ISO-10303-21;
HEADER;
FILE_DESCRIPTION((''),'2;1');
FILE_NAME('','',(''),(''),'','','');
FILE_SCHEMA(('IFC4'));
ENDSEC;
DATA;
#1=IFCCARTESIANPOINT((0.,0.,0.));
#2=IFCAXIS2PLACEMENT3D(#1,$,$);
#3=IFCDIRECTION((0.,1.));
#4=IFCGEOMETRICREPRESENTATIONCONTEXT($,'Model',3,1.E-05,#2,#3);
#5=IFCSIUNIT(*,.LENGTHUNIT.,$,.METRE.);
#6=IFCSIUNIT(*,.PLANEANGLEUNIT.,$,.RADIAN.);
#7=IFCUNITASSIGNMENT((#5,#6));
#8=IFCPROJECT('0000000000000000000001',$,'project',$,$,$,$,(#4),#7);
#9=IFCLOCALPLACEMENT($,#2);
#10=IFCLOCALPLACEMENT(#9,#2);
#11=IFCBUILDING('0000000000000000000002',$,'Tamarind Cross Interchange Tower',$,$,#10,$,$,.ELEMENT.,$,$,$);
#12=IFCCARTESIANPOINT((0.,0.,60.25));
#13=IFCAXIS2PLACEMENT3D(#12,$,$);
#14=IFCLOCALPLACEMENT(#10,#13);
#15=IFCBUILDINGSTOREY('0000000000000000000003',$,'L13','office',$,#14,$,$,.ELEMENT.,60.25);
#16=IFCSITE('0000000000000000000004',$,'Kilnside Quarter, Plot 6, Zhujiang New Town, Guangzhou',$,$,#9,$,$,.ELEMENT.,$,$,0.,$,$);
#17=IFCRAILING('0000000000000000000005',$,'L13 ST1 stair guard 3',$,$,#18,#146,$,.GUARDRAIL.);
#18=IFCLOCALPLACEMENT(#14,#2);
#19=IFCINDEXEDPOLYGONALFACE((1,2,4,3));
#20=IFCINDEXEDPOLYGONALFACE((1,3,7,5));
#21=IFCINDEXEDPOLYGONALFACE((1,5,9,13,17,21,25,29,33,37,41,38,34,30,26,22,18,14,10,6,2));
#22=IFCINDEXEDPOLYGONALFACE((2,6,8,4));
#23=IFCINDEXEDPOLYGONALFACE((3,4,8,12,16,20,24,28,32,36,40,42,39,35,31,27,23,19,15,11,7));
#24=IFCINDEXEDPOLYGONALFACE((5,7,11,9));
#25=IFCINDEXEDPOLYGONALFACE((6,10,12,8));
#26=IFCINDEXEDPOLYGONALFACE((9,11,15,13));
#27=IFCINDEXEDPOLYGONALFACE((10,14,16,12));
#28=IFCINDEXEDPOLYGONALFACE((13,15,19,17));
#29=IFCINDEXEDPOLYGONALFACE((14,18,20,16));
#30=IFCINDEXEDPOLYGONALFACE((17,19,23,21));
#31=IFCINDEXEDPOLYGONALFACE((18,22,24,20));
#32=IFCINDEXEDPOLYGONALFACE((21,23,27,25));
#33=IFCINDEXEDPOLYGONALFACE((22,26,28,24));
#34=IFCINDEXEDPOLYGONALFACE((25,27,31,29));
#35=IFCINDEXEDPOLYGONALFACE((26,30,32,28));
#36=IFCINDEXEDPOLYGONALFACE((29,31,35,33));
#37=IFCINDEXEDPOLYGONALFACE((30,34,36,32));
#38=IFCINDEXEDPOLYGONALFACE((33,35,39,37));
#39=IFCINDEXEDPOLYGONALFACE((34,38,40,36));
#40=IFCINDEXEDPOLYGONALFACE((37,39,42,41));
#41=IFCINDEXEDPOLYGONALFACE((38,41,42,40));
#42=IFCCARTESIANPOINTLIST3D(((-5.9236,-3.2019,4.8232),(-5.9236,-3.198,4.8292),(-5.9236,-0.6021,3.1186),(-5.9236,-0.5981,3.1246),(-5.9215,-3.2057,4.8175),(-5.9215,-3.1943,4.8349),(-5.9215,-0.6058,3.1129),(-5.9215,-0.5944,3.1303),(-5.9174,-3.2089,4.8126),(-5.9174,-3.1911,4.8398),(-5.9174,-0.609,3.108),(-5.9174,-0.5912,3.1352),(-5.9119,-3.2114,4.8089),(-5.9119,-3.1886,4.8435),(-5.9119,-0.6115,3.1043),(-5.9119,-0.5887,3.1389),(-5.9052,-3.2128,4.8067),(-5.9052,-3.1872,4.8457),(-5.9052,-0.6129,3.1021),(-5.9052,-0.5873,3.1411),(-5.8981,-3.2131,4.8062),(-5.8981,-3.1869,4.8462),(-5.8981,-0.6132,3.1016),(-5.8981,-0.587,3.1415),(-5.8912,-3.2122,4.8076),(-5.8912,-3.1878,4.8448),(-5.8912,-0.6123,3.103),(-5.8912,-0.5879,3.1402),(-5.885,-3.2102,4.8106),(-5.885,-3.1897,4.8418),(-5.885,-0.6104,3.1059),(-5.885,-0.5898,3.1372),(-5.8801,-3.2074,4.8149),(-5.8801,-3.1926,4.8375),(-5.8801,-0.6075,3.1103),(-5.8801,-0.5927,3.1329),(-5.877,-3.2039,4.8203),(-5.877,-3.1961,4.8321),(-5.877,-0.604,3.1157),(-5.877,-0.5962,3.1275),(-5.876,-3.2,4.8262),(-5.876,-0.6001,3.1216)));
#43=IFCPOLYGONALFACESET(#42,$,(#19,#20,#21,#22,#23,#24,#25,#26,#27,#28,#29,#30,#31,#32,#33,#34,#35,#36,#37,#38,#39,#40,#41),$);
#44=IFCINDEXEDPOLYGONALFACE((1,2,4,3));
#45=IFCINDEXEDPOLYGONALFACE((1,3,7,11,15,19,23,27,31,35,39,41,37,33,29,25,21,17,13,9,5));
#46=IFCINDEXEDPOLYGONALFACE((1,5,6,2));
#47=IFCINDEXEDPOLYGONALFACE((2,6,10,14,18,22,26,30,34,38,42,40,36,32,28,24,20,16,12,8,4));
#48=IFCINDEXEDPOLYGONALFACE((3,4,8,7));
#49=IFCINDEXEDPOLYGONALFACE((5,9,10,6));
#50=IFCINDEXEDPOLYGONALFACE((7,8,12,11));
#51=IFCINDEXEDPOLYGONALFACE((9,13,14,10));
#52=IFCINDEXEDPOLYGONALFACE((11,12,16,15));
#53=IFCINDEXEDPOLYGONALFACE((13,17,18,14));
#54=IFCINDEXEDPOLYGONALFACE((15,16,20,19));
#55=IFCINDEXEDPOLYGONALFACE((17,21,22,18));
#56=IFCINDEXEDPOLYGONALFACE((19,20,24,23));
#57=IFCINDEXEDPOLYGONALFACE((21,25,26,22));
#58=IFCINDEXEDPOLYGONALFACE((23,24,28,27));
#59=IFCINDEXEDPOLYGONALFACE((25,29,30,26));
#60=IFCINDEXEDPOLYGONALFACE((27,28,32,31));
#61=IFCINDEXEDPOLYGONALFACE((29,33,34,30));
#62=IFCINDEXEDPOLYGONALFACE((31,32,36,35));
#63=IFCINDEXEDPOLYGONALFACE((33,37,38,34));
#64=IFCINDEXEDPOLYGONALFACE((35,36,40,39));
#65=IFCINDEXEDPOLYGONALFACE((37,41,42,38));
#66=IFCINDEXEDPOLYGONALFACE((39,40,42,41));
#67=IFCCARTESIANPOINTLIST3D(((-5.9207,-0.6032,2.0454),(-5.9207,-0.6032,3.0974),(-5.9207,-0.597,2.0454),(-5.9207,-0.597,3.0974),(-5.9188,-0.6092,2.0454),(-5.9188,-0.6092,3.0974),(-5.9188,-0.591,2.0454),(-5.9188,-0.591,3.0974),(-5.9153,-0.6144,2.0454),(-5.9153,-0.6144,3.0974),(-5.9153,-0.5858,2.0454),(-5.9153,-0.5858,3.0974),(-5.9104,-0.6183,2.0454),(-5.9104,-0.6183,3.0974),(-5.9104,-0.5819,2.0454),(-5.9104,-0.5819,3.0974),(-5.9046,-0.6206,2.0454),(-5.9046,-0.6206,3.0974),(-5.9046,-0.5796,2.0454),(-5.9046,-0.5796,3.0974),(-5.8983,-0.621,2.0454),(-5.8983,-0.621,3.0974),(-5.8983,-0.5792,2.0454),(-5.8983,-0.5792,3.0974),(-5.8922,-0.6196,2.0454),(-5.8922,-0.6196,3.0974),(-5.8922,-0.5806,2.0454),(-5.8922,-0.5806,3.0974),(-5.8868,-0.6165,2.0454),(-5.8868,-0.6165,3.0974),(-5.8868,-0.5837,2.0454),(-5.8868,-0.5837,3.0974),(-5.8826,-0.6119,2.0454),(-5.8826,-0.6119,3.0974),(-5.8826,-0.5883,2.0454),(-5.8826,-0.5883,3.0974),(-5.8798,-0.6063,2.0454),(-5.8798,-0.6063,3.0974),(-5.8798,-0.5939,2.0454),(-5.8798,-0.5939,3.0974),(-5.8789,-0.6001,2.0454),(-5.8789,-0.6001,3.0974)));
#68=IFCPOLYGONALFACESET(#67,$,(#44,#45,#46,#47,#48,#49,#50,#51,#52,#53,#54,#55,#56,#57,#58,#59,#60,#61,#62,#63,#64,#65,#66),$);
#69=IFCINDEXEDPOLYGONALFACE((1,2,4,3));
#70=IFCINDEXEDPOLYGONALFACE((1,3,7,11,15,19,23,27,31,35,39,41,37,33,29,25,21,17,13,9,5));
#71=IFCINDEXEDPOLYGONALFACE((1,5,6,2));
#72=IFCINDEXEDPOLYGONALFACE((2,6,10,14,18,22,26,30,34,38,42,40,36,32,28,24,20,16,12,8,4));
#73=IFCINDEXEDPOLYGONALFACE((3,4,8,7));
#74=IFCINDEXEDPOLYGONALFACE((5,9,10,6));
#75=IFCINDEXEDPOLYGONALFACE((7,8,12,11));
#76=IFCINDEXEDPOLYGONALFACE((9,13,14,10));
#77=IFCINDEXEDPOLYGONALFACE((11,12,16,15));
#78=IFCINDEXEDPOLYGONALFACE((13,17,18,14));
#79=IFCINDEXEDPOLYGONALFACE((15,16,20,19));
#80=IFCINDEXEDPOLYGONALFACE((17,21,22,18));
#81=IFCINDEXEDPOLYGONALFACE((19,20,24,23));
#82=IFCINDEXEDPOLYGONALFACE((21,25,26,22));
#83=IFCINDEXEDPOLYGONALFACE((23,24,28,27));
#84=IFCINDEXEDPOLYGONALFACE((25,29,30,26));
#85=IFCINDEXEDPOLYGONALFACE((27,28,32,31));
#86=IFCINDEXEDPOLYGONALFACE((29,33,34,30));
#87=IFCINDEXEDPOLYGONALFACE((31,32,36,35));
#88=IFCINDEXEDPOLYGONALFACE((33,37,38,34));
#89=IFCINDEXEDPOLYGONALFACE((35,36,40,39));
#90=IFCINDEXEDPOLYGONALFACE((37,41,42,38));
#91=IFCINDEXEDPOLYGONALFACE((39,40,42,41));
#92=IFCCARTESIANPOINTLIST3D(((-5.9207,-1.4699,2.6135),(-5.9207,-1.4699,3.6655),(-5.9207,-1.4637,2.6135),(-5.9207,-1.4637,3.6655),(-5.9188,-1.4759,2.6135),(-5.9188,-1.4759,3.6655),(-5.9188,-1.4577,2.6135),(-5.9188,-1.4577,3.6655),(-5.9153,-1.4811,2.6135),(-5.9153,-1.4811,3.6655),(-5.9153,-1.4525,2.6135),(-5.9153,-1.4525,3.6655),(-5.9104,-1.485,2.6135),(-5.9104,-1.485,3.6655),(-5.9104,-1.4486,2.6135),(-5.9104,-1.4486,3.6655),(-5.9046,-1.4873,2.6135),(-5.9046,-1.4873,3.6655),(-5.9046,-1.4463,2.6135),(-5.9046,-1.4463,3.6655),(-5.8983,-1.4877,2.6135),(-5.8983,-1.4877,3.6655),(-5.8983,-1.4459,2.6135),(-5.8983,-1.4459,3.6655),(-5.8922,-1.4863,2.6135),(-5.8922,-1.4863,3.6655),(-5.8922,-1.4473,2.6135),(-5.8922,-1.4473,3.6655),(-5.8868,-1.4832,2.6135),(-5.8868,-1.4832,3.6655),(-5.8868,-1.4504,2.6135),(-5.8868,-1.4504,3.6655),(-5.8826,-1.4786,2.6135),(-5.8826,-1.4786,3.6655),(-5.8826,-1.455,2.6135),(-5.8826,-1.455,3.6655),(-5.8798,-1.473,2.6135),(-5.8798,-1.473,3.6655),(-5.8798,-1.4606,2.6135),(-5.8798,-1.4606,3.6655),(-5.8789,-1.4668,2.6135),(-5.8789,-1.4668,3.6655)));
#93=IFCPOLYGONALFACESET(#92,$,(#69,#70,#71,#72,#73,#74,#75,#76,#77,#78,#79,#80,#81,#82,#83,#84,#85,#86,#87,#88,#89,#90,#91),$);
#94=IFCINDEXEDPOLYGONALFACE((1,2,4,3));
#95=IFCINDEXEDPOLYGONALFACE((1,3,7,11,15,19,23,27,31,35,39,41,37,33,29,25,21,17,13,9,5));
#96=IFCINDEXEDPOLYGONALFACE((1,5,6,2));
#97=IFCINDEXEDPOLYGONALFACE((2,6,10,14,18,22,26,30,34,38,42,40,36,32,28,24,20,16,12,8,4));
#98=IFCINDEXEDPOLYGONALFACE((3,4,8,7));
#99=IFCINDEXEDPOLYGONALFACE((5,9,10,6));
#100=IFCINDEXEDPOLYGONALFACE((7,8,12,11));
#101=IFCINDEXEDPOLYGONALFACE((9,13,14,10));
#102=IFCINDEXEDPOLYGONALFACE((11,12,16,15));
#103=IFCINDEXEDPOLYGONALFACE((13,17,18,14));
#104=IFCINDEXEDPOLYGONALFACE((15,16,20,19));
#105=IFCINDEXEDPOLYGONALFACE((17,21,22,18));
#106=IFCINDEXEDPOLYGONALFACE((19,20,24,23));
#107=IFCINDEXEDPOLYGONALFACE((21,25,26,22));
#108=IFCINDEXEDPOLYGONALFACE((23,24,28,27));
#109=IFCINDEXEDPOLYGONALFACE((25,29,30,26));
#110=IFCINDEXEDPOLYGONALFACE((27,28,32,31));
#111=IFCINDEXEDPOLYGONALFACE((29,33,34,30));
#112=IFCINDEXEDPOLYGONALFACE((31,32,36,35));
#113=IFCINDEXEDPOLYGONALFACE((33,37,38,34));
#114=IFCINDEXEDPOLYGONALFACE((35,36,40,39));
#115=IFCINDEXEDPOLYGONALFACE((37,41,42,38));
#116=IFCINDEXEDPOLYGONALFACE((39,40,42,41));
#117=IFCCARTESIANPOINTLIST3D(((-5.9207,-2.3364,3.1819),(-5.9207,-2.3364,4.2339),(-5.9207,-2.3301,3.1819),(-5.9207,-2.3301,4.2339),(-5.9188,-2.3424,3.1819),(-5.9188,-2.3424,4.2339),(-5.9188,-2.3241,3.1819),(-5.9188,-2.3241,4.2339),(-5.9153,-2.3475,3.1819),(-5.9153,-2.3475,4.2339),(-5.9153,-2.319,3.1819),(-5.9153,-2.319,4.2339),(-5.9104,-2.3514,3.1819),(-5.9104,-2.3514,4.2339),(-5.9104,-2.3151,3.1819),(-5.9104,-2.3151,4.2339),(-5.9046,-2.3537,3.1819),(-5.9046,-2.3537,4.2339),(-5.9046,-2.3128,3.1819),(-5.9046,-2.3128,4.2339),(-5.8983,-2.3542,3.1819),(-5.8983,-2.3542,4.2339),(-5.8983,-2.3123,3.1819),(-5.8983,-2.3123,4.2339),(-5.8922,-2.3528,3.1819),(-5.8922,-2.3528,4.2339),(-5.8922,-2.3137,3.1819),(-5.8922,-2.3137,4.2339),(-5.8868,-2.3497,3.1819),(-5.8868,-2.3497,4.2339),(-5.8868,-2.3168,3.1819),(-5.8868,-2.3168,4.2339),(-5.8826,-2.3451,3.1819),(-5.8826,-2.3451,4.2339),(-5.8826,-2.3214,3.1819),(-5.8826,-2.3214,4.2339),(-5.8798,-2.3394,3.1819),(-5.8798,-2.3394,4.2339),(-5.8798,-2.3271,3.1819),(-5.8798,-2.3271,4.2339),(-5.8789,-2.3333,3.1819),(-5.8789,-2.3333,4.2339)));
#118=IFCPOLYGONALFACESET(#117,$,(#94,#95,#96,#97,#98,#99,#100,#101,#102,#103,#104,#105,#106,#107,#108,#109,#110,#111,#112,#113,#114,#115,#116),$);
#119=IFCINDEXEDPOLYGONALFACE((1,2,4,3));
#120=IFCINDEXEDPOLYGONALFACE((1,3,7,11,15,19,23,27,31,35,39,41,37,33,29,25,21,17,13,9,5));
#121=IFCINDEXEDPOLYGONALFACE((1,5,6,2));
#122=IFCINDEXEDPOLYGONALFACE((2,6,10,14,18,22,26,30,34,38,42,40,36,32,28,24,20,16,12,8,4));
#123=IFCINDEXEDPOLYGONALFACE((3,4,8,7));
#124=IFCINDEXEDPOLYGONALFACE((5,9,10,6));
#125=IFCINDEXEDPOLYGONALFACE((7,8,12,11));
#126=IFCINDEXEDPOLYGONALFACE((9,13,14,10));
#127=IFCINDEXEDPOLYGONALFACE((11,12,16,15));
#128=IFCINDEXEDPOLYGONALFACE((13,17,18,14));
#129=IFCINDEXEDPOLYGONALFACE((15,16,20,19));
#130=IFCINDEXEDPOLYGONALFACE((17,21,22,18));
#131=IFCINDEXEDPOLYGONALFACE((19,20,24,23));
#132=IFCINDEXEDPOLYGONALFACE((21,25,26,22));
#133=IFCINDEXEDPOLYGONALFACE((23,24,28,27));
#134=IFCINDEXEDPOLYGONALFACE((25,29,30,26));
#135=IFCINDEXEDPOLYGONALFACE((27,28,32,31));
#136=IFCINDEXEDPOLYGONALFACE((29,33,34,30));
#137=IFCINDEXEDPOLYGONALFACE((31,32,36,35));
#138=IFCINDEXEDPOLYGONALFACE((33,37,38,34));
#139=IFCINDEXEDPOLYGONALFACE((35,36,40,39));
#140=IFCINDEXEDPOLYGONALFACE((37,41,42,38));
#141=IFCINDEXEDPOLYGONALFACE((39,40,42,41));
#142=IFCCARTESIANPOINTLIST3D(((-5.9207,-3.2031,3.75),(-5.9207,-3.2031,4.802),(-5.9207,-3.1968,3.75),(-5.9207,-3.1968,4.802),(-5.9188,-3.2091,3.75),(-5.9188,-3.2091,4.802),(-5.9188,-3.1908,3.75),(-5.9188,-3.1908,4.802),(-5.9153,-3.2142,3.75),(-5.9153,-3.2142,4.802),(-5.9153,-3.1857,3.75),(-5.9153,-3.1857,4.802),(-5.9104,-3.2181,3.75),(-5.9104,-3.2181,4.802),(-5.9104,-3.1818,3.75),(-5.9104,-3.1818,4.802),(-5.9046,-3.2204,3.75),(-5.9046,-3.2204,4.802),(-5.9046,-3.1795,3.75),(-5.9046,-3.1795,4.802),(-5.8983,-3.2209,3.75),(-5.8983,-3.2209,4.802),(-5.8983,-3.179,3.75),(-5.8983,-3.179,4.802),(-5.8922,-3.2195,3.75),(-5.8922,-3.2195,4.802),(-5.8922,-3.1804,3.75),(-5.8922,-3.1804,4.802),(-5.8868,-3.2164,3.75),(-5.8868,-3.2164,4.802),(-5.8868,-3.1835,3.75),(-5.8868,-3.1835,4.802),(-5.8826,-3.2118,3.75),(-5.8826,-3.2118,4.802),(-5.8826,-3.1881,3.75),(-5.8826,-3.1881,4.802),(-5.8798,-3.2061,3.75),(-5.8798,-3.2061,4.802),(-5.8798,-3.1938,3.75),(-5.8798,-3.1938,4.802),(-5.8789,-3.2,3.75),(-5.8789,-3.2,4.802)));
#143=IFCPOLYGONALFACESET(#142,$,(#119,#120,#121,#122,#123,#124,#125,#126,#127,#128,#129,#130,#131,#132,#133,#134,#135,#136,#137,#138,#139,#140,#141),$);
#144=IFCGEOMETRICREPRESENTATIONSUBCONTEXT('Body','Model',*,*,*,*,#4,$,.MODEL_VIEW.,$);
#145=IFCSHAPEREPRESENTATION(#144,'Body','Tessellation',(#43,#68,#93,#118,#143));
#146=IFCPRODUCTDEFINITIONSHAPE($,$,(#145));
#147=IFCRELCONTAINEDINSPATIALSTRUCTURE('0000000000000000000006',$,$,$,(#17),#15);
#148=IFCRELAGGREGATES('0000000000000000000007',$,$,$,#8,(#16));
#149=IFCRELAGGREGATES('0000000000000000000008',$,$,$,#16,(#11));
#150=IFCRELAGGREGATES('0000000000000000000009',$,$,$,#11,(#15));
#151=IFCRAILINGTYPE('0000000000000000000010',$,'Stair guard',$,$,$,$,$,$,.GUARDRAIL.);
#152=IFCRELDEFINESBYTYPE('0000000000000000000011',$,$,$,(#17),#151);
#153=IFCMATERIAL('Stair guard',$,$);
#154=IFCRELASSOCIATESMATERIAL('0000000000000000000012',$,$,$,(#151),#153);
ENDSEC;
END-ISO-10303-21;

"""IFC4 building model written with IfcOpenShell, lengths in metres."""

from ifc_helpers import new_model, si_unit, direction, frame, origin, origin_2d, place, context, subcontext, project, spatial, circle, extrude, material, type_object, element, save


model = new_model("IFC4")

# Units and contexts
model_context = context("Model", 3, precision=1e-05, world=origin(), true_north=direction((0.0, 1.0)))
body_context = subcontext(model_context, "Body", "Model", "MODEL_VIEW")
ifc_project = project(units=[si_unit("LENGTHUNIT", "METRE"), si_unit("PLANEANGLEUNIT", "RADIAN")], contexts=[model_context])

# Site, building, storey
site_placement = place(None, origin())
site = spatial("IfcSite", under=ifc_project, at=site_placement, Name="Kilnside Quarter, Plot 6, Zhujiang New Town, Guangzhou", CompositionType="ELEMENT", RefElevation=0.0)
building_placement = place(site_placement, origin())
building = spatial("IfcBuilding", under=site, at=building_placement, Name="Tamarind Cross Interchange Tower", CompositionType="ELEMENT")
storey_placement = place(building_placement, frame((0.0, 0.0, 60.25)))
storey = spatial("IfcBuildingStorey", under=building, at=storey_placement, Name="L13", Description="office", CompositionType="ELEMENT", Elevation=60.25)

# Railing
ifc_material_1 = material(Name="Stair guard")
railing_type_1 = type_object("IfcRailingType", Name="Stair guard", PredefinedType="GUARDRAIL", material=ifc_material_1)
railing_1_placement = place(storey_placement, frame((-5.8999, -0.6001, 2.0454)))
element("IfcRailing", 1, at=railing_1_placement, inside=storey, type_object=railing_type_1, Name="L13 ST1 stair guard 3", PredefinedType="GUARDRAIL", context=body_context, shape_type="SweptSolid", body=[
    extrude(circle(Radius=0.0239, at=origin_2d()), frame((0.0, 0.0, 1.0762), z_axis=(0.0, -0.836279, 0.548305), x_axis=(1.0, 0.0, 0.0)), (0.0, 0.0, 1.0), 3.1089),
    extrude(circle(Radius=0.021, at=origin_2d()), origin(), (0.0, 0.0, 1.0), 1.052),
    extrude(circle(Radius=0.021, at=origin_2d()), frame((0.0, -0.8667, 0.5681)), (0.0, 0.0, 1.0), 1.052),
    extrude(circle(Radius=0.021, at=origin_2d()), frame((0.0, -1.7332, 1.1365)), (0.0, 0.0, 1.0), 1.052),
    extrude(circle(Radius=0.021, at=origin_2d()), frame((0.0, -2.5999, 1.7046)), (0.0, 0.0, 1.0), 1.052),
])

save(model, "model.ifc")
